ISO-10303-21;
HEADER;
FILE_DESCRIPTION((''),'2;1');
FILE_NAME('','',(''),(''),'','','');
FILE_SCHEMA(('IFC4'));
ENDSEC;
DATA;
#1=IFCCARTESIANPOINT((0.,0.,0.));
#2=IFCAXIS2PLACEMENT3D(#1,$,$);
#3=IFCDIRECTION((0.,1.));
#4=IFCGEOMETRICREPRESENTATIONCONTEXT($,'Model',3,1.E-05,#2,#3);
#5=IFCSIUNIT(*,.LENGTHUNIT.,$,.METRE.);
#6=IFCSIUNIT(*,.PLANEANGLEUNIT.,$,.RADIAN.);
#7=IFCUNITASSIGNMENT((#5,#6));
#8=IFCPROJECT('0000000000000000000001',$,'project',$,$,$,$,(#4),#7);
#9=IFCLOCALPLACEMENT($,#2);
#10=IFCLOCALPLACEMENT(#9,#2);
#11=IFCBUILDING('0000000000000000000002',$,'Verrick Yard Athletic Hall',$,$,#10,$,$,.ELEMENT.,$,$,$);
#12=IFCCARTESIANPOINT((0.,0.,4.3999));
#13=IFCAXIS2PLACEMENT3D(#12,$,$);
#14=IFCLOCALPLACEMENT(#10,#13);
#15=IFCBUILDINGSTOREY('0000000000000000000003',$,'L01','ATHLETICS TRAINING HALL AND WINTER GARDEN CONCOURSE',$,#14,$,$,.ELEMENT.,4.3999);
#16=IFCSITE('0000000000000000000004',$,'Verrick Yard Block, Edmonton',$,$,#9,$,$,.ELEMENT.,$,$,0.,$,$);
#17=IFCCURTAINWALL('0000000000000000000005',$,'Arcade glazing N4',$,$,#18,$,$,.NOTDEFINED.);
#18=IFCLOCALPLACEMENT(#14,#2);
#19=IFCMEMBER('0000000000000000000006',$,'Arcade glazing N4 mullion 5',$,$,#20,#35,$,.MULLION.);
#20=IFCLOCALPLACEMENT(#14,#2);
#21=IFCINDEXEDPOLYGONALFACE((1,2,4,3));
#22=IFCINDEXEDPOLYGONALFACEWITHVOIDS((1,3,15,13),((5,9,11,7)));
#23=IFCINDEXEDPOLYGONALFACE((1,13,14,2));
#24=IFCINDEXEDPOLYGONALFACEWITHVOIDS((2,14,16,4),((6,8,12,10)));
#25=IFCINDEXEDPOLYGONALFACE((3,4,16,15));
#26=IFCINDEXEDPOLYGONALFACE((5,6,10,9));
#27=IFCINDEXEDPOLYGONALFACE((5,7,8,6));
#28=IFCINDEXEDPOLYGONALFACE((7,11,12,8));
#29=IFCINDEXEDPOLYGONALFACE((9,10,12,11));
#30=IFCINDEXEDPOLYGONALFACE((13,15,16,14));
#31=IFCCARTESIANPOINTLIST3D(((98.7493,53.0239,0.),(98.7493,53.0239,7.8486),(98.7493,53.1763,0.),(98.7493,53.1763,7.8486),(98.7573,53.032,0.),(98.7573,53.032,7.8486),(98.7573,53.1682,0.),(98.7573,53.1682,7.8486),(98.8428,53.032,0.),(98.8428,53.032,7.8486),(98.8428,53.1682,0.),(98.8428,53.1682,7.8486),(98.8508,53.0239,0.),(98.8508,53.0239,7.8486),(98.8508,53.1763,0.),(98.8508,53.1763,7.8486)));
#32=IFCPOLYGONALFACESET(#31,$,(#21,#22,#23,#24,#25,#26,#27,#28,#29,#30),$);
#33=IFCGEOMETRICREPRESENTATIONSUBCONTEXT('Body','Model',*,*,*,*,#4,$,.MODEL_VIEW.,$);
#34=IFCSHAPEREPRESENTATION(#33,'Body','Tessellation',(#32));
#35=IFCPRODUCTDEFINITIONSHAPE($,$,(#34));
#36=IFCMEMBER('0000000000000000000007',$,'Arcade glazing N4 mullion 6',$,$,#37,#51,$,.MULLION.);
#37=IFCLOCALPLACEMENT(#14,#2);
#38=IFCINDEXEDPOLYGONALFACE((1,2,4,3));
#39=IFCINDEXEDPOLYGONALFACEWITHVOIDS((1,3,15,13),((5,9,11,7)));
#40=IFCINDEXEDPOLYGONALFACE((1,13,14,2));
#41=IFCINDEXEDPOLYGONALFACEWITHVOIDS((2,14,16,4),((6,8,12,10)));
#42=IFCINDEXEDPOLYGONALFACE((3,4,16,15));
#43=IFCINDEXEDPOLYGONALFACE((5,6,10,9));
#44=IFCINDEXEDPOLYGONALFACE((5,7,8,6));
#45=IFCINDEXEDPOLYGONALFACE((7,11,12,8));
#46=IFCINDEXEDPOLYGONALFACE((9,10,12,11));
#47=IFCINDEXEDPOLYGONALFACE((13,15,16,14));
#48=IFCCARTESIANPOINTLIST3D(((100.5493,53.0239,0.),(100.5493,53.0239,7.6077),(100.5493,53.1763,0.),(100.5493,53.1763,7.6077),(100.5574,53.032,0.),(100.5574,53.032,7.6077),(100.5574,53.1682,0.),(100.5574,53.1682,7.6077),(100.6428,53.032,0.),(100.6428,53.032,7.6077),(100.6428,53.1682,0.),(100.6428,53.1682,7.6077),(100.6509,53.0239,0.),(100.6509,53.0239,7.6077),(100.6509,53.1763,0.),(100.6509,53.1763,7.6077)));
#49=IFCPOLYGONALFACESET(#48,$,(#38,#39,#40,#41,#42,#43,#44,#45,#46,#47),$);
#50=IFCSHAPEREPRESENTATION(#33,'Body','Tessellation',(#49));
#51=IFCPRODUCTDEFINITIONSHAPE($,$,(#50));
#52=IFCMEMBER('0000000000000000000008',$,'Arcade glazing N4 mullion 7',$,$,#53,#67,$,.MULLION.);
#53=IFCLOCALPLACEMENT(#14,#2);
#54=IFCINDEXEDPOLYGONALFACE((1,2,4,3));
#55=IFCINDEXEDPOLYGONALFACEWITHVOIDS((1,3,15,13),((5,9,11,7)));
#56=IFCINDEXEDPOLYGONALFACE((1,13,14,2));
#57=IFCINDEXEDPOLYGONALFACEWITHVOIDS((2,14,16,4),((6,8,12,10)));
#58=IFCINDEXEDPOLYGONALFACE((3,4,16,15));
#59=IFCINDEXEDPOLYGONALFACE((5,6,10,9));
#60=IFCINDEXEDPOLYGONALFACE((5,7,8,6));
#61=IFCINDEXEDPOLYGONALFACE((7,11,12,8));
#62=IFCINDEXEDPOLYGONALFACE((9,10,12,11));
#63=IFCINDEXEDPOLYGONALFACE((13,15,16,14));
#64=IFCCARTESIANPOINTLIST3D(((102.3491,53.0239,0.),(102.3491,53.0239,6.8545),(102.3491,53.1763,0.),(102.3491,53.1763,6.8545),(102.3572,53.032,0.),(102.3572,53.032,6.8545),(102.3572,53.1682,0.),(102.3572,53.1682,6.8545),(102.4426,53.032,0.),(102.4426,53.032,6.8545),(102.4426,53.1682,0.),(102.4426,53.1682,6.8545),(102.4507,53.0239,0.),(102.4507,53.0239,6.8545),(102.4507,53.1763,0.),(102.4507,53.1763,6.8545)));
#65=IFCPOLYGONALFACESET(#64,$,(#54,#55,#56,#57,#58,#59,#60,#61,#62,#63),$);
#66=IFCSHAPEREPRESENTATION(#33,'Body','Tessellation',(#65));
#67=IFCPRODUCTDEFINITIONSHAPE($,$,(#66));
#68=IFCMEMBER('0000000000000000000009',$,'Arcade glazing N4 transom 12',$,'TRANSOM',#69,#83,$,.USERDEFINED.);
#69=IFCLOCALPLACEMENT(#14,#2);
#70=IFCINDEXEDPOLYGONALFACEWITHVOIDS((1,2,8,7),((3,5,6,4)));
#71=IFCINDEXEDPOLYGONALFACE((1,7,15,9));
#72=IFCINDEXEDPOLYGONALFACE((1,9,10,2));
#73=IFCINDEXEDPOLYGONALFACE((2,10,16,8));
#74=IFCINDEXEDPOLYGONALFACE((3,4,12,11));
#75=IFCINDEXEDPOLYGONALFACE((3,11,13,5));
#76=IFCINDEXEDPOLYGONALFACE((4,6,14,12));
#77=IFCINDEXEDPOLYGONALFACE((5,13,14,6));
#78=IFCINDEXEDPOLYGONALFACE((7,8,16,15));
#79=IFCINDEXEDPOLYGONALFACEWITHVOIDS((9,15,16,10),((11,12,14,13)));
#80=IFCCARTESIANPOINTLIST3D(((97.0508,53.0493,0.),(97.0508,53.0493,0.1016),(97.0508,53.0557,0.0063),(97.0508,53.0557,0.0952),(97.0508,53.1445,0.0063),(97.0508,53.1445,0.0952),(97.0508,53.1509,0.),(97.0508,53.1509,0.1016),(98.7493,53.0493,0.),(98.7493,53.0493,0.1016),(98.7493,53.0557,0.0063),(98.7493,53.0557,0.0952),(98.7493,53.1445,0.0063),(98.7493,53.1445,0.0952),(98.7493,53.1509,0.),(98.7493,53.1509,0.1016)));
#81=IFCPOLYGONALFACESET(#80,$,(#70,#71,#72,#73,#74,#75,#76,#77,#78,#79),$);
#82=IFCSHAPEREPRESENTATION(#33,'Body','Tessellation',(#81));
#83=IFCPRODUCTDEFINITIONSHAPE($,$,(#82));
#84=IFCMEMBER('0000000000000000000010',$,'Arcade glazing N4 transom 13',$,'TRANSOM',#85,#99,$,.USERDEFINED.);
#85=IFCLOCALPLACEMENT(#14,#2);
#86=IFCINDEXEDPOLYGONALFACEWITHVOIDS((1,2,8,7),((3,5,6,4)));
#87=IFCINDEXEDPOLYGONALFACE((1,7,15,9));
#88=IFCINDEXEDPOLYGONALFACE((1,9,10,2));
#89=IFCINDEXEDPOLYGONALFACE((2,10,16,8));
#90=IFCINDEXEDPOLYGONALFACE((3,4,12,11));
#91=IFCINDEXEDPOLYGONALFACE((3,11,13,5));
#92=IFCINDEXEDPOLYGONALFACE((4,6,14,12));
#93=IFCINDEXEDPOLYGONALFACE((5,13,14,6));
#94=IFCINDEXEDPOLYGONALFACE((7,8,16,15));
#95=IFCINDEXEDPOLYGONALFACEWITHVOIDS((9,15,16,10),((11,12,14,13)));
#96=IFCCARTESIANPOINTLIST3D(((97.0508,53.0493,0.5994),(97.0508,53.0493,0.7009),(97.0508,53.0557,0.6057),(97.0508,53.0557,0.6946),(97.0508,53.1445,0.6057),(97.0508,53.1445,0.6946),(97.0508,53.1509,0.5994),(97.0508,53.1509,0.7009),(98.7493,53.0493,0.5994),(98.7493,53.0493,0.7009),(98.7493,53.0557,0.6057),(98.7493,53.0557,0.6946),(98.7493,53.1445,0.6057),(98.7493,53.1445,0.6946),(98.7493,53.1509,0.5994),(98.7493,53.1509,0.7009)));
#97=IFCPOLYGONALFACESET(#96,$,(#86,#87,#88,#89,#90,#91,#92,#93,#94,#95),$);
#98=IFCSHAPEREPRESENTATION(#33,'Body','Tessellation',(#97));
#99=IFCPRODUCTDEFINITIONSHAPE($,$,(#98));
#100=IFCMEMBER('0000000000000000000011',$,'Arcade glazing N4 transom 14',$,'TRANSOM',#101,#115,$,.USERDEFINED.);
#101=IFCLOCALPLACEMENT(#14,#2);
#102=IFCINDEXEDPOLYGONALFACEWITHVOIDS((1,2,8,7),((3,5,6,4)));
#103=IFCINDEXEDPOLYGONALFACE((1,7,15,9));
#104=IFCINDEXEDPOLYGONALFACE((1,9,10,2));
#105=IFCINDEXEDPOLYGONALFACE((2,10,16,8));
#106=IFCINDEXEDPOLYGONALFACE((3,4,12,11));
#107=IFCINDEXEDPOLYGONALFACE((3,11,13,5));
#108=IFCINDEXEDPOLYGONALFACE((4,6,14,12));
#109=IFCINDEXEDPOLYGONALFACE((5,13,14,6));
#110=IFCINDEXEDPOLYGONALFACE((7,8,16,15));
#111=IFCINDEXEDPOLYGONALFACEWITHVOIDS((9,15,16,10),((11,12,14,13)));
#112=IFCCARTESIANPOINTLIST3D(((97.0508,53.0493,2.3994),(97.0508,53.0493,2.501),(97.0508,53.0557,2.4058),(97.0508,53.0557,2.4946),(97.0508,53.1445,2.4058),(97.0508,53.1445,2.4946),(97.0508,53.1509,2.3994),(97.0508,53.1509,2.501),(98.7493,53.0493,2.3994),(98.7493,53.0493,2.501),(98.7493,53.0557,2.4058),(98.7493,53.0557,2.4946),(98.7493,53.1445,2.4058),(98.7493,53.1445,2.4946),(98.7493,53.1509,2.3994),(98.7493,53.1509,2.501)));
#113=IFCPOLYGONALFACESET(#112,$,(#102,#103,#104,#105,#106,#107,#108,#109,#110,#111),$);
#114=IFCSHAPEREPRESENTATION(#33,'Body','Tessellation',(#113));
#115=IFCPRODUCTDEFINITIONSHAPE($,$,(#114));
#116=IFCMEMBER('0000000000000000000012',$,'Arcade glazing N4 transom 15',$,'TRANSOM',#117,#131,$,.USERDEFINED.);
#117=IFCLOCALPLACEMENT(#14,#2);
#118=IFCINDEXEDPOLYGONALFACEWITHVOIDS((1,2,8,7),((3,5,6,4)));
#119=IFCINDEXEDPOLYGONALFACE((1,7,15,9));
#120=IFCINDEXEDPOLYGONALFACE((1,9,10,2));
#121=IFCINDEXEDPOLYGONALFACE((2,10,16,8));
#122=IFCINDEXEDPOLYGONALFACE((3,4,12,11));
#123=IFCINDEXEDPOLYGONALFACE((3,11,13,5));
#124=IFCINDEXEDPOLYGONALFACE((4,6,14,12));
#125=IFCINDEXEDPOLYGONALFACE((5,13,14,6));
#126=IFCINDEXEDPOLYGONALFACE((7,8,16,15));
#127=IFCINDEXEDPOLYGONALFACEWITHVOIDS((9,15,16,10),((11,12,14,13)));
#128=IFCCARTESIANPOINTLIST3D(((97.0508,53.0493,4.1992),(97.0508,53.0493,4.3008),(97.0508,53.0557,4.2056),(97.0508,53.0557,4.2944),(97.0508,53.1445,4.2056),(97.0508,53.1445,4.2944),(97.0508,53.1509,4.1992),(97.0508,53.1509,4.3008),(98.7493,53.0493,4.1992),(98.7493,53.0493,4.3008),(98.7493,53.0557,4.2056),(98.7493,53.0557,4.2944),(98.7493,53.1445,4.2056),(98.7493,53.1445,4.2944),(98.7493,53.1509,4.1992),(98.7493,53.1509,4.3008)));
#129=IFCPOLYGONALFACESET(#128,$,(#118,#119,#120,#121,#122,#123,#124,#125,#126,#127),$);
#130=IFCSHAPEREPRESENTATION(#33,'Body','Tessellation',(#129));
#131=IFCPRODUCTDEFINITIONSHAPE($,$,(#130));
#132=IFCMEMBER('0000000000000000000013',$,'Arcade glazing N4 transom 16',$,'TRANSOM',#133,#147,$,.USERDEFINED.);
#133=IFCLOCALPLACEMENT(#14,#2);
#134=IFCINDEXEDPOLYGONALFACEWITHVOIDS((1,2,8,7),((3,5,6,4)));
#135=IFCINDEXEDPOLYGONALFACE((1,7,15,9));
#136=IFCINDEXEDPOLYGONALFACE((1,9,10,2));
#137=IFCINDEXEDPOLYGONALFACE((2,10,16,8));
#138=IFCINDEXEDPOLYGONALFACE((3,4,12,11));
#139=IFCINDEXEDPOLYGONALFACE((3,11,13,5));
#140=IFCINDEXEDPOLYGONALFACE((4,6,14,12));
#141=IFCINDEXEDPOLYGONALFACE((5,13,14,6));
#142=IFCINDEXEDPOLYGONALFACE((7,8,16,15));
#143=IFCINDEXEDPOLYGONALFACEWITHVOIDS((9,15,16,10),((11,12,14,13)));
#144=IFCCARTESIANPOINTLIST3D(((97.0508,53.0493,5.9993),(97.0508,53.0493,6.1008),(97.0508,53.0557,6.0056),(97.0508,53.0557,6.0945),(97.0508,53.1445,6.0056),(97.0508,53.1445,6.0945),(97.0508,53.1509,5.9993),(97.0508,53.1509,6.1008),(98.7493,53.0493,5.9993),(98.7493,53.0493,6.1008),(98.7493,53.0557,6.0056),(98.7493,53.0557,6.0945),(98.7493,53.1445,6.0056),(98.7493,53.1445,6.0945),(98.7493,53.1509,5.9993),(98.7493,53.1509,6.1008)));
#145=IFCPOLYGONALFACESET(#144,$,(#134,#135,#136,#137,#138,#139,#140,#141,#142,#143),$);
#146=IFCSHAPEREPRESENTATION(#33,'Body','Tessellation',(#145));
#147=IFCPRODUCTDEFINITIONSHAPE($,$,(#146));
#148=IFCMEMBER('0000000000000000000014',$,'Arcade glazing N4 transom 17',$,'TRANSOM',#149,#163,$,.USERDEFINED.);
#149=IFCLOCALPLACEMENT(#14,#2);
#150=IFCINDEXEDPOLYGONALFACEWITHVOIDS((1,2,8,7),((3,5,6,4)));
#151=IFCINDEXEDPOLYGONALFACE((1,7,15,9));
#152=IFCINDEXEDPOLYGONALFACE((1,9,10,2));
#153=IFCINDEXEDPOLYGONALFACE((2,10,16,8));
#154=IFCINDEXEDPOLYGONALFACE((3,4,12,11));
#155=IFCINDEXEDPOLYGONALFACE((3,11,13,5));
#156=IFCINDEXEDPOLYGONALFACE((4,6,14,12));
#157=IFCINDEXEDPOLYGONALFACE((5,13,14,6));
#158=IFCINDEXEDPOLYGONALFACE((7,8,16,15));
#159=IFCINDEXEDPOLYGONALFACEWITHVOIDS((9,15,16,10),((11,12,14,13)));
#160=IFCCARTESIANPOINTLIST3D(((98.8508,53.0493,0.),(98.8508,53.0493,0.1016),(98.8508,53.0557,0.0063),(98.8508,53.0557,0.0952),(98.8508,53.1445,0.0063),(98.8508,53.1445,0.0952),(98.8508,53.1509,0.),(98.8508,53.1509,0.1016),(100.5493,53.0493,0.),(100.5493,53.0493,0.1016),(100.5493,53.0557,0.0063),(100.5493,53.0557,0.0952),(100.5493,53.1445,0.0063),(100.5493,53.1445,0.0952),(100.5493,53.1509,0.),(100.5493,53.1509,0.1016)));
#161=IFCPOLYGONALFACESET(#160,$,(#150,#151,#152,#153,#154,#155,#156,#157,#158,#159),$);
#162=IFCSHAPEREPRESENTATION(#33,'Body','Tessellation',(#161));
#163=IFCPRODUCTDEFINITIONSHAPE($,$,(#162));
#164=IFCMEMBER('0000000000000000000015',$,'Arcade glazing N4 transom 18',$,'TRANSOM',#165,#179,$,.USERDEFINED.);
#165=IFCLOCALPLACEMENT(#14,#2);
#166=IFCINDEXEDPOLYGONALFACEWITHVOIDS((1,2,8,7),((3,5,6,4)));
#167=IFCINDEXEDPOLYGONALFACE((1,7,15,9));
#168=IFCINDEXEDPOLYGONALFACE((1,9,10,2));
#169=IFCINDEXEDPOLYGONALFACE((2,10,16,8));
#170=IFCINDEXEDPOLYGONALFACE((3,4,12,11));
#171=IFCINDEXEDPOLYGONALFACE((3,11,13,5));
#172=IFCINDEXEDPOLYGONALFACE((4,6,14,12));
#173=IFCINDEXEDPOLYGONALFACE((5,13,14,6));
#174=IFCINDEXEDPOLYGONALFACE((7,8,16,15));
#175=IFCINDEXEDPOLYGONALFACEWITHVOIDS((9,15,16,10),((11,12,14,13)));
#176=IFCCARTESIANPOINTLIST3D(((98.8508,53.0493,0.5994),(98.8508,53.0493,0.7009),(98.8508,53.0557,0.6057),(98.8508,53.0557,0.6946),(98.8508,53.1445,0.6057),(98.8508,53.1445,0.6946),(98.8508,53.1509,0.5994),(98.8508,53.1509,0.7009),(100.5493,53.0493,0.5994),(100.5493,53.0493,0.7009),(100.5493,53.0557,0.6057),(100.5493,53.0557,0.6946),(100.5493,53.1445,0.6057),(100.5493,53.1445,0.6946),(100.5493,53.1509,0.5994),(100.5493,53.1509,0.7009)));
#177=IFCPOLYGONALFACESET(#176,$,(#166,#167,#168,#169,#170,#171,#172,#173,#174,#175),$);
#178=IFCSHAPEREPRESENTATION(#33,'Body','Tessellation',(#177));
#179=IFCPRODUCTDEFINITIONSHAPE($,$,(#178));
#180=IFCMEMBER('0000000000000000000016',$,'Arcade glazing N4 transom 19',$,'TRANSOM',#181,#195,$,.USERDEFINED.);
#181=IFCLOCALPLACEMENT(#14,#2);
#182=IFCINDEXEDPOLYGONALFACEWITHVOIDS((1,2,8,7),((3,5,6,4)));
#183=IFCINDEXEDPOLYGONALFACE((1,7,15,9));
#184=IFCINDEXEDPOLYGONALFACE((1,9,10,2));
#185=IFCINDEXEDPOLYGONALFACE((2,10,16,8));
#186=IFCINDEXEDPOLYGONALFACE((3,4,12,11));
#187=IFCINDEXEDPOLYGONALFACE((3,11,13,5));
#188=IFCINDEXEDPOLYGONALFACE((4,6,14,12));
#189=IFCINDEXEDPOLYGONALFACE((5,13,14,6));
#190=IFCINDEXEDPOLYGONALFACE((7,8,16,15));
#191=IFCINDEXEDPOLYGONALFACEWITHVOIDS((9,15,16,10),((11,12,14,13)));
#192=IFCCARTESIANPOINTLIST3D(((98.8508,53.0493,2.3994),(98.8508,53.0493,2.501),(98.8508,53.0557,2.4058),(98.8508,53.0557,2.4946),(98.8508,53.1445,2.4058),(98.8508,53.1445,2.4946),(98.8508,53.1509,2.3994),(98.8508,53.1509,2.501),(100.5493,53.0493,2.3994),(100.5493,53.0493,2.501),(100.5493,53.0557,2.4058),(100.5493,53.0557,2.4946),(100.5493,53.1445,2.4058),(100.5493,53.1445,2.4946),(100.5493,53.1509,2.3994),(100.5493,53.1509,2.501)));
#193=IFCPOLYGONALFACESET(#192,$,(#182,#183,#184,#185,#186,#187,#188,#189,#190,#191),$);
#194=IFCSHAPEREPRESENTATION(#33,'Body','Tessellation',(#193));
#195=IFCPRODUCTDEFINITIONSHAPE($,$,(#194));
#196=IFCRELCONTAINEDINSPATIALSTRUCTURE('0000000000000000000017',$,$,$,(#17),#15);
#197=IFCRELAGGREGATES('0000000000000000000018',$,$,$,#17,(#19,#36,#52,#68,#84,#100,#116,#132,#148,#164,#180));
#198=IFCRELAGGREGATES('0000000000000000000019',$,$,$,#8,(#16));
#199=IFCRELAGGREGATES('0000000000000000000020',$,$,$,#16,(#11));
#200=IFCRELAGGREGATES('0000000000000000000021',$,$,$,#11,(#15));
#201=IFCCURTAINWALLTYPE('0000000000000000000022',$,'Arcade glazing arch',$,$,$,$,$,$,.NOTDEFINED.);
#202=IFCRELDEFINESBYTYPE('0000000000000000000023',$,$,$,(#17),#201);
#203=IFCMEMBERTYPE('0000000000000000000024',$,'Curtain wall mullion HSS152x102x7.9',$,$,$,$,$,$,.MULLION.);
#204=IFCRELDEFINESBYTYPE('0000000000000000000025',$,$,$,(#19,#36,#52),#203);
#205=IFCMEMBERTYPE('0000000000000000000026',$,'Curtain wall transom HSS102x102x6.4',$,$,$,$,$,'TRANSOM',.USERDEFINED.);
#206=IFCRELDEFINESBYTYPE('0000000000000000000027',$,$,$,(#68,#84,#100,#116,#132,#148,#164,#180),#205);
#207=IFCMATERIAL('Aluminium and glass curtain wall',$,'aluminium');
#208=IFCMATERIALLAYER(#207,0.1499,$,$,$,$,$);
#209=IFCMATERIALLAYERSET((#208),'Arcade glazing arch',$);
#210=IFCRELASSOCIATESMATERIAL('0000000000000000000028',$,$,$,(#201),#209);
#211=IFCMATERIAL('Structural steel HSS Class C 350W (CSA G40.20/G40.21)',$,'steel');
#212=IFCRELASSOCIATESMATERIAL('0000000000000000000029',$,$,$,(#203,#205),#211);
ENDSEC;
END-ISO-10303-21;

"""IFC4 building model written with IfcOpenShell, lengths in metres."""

from ifc_helpers import new_model, si_unit, direction, frame, origin, origin_2d, place, context, subcontext, project, spatial, hollow_rectangle, extrude, material, layer, layer_set, material_profile, profile_set, type_object, element, aggregate, save


model = new_model("IFC4")

# Units and contexts
model_context = context("Model", 3, precision=1e-05, world=origin(), true_north=direction((0.0, 1.0)))
body_context = subcontext(model_context, "Body", "Model", "MODEL_VIEW")
ifc_project = project(units=[si_unit("LENGTHUNIT", "METRE"), si_unit("PLANEANGLEUNIT", "RADIAN")], contexts=[model_context])

# Site, building, storey
site_placement = place(None, origin())
site = spatial("IfcSite", under=ifc_project, at=site_placement, Name="Verrick Yard Block, Edmonton", CompositionType="ELEMENT", RefElevation=0.0)
building_placement = place(site_placement, origin())
building = spatial("IfcBuilding", under=site, at=building_placement, Name="Verrick Yard Athletic Hall", CompositionType="ELEMENT")
storey_placement = place(building_placement, frame((0.0, 0.0, 4.3999)))
storey = spatial("IfcBuildingStorey", under=building, at=storey_placement, Name="L01", Description="ATHLETICS TRAINING HALL AND WINTER GARDEN CONCOURSE", CompositionType="ELEMENT", Elevation=4.3999)

# Curtain wall, members
ifc_material_1 = material(Name="Aluminium and glass curtain wall", Category="aluminium")
ifc_layer_1 = layer(ifc_material_1, 0.1499)
ifc_layer_set_1 = layer_set([ifc_layer_1], Name="Arcade glazing arch")
curtain_wall_type = type_object("IfcCurtainWallType", Name="Arcade glazing arch", PredefinedType="NOTDEFINED", material=ifc_layer_set_1)
curtain_wall_placement = place(storey_placement, origin())
curtain_wall = element("IfcCurtainWall", 1, at=curtain_wall_placement, inside=storey, type_object=curtain_wall_type, Name="Arcade glazing N4", PredefinedType="NOTDEFINED")
ifc_material_2 = material(Name="Structural steel HSS Class C 350W (CSA G40.20/G40.21)", Category="steel")
ifc_material_profile_1 = material_profile(ifc_material_2, hollow_rectangle(XDim=0.1016, YDim=0.1523, WallThickness=0.0081, at=origin_2d()), Name="HSS152x102x7.9")
ifc_profile_set_1 = profile_set([ifc_material_profile_1], Name="Structural steel HSS Class C 350W (CSA G40.20/G40.21)")
member_type_1 = type_object("IfcMemberType", Name="Curtain wall mullion HSS152x102x7.9", PredefinedType="MULLION", material=ifc_profile_set_1)
member_1_placement = place(storey_placement, frame((98.8, 53.1001, 0.0), z_axis=(0.0, 0.0, 1.0), x_axis=(1.0, 0.0, 0.0)))
member_1 = element("IfcMember", 2, at=member_1_placement, type_object=member_type_1, Name="Arcade glazing N4 mullion 5", PredefinedType="MULLION", context=body_context, shape_type="SweptSolid", body=[
    extrude(hollow_rectangle(XDim=0.1016, YDim=0.1523, WallThickness=0.0081, at=origin_2d()), origin(), (0.0, 0.0, 1.0), 7.8486),
])
member_2_placement = place(storey_placement, frame((100.6001, 53.1001, 0.0), z_axis=(0.0, 0.0, 1.0), x_axis=(1.0, 0.0, 0.0)))
member_2 = element("IfcMember", 3, at=member_2_placement, type_object=member_type_1, Name="Arcade glazing N4 mullion 6", PredefinedType="MULLION", context=body_context, shape_type="SweptSolid", body=[
    extrude(hollow_rectangle(XDim=0.1016, YDim=0.1523, WallThickness=0.0081, at=origin_2d()), origin(), (0.0, 0.0, 1.0), 7.6077),
])
member_3_placement = place(storey_placement, frame((102.3999, 53.1001, 0.0), z_axis=(0.0, 0.0, 1.0), x_axis=(1.0, 0.0, 0.0)))
member_3 = element("IfcMember", 4, at=member_3_placement, type_object=member_type_1, Name="Arcade glazing N4 mullion 7", PredefinedType="MULLION", context=body_context, shape_type="SweptSolid", body=[
    extrude(hollow_rectangle(XDim=0.1016, YDim=0.1523, WallThickness=0.0081, at=origin_2d()), origin(), (0.0, 0.0, 1.0), 6.8545),
])
ifc_material_profile_2 = material_profile(ifc_material_2, hollow_rectangle(XDim=0.1016, YDim=0.1016, WallThickness=0.0063, at=origin_2d()), Name="HSS102x102x6.4")
ifc_profile_set_2 = profile_set([ifc_material_profile_2], Name="Structural steel HSS Class C 350W (CSA G40.20/G40.21)")
member_type_2 = type_object("IfcMemberType", Name="Curtain wall transom HSS102x102x6.4", ElementType="TRANSOM", PredefinedType="USERDEFINED", material=ifc_profile_set_2)
member_4_placement = place(storey_placement, frame((97.0508, 53.1001, 0.0508), z_axis=(1.0, 0.0, 0.0), x_axis=(0.0, 1.0, 0.0)))
member_4 = element("IfcMember", 5, at=member_4_placement, type_object=member_type_2, Name="Arcade glazing N4 transom 12", ObjectType="TRANSOM", PredefinedType="USERDEFINED", context=body_context, shape_type="SweptSolid", body=[
    extrude(hollow_rectangle(XDim=0.1016, YDim=0.1016, WallThickness=0.0063, at=origin_2d()), origin(), (0.0, 0.0, 1.0), 1.6985),
])
member_5_placement = place(storey_placement, frame((97.0508, 53.1001, 0.6501), z_axis=(1.0, 0.0, 0.0), x_axis=(0.0, 1.0, 0.0)))
member_5 = element("IfcMember", 6, at=member_5_placement, type_object=member_type_2, Name="Arcade glazing N4 transom 13", ObjectType="TRANSOM", PredefinedType="USERDEFINED", context=body_context, shape_type="SweptSolid", body=[
    extrude(hollow_rectangle(XDim=0.1016, YDim=0.1016, WallThickness=0.0063, at=origin_2d()), origin(), (0.0, 0.0, 1.0), 1.6985),
])
member_6_placement = place(storey_placement, frame((97.0508, 53.1001, 2.4502), z_axis=(1.0, 0.0, 0.0), x_axis=(0.0, 1.0, 0.0)))
member_6 = element("IfcMember", 7, at=member_6_placement, type_object=member_type_2, Name="Arcade glazing N4 transom 14", ObjectType="TRANSOM", PredefinedType="USERDEFINED", context=body_context, shape_type="SweptSolid", body=[
    extrude(hollow_rectangle(XDim=0.1016, YDim=0.1016, WallThickness=0.0063, at=origin_2d()), origin(), (0.0, 0.0, 1.0), 1.6985),
])
member_7_placement = place(storey_placement, frame((97.0508, 53.1001, 4.25), z_axis=(1.0, 0.0, 0.0), x_axis=(0.0, 1.0, 0.0)))
member_7 = element("IfcMember", 8, at=member_7_placement, type_object=member_type_2, Name="Arcade glazing N4 transom 15", ObjectType="TRANSOM", PredefinedType="USERDEFINED", context=body_context, shape_type="SweptSolid", body=[
    extrude(hollow_rectangle(XDim=0.1016, YDim=0.1016, WallThickness=0.0063, at=origin_2d()), origin(), (0.0, 0.0, 1.0), 1.6985),
])
member_8_placement = place(storey_placement, frame((97.0508, 53.1001, 6.05), z_axis=(1.0, 0.0, 0.0), x_axis=(0.0, 1.0, 0.0)))
member_8 = element("IfcMember", 9, at=member_8_placement, type_object=member_type_2, Name="Arcade glazing N4 transom 16", ObjectType="TRANSOM", PredefinedType="USERDEFINED", context=body_context, shape_type="SweptSolid", body=[
    extrude(hollow_rectangle(XDim=0.1016, YDim=0.1016, WallThickness=0.0063, at=origin_2d()), origin(), (0.0, 0.0, 1.0), 1.6985),
])
member_9_placement = place(storey_placement, frame((98.8508, 53.1001, 0.0508), z_axis=(1.0, 0.0, 0.0), x_axis=(0.0, 1.0, 0.0)))
member_9 = element("IfcMember", 10, at=member_9_placement, type_object=member_type_2, Name="Arcade glazing N4 transom 17", ObjectType="TRANSOM", PredefinedType="USERDEFINED", context=body_context, shape_type="SweptSolid", body=[
    extrude(hollow_rectangle(XDim=0.1016, YDim=0.1016, WallThickness=0.0063, at=origin_2d()), origin(), (0.0, 0.0, 1.0), 1.6985),
])
member_10_placement = place(storey_placement, frame((98.8508, 53.1001, 0.6501), z_axis=(1.0, 0.0, 0.0), x_axis=(0.0, 1.0, 0.0)))
member_10 = element("IfcMember", 11, at=member_10_placement, type_object=member_type_2, Name="Arcade glazing N4 transom 18", ObjectType="TRANSOM", PredefinedType="USERDEFINED", context=body_context, shape_type="SweptSolid", body=[
    extrude(hollow_rectangle(XDim=0.1016, YDim=0.1016, WallThickness=0.0063, at=origin_2d()), origin(), (0.0, 0.0, 1.0), 1.6985),
])
member_11_placement = place(storey_placement, frame((98.8508, 53.1001, 2.4502), z_axis=(1.0, 0.0, 0.0), x_axis=(0.0, 1.0, 0.0)))
member_11 = element("IfcMember", 12, at=member_11_placement, type_object=member_type_2, Name="Arcade glazing N4 transom 19", ObjectType="TRANSOM", PredefinedType="USERDEFINED", context=body_context, shape_type="SweptSolid", body=[
    extrude(hollow_rectangle(XDim=0.1016, YDim=0.1016, WallThickness=0.0063, at=origin_2d()), origin(), (0.0, 0.0, 1.0), 1.6985),
])
aggregate(curtain_wall, [member_1, member_2, member_3, member_4, member_5, member_6, member_7, member_8, member_9, member_10, member_11])

save(model, "model.ifc")
